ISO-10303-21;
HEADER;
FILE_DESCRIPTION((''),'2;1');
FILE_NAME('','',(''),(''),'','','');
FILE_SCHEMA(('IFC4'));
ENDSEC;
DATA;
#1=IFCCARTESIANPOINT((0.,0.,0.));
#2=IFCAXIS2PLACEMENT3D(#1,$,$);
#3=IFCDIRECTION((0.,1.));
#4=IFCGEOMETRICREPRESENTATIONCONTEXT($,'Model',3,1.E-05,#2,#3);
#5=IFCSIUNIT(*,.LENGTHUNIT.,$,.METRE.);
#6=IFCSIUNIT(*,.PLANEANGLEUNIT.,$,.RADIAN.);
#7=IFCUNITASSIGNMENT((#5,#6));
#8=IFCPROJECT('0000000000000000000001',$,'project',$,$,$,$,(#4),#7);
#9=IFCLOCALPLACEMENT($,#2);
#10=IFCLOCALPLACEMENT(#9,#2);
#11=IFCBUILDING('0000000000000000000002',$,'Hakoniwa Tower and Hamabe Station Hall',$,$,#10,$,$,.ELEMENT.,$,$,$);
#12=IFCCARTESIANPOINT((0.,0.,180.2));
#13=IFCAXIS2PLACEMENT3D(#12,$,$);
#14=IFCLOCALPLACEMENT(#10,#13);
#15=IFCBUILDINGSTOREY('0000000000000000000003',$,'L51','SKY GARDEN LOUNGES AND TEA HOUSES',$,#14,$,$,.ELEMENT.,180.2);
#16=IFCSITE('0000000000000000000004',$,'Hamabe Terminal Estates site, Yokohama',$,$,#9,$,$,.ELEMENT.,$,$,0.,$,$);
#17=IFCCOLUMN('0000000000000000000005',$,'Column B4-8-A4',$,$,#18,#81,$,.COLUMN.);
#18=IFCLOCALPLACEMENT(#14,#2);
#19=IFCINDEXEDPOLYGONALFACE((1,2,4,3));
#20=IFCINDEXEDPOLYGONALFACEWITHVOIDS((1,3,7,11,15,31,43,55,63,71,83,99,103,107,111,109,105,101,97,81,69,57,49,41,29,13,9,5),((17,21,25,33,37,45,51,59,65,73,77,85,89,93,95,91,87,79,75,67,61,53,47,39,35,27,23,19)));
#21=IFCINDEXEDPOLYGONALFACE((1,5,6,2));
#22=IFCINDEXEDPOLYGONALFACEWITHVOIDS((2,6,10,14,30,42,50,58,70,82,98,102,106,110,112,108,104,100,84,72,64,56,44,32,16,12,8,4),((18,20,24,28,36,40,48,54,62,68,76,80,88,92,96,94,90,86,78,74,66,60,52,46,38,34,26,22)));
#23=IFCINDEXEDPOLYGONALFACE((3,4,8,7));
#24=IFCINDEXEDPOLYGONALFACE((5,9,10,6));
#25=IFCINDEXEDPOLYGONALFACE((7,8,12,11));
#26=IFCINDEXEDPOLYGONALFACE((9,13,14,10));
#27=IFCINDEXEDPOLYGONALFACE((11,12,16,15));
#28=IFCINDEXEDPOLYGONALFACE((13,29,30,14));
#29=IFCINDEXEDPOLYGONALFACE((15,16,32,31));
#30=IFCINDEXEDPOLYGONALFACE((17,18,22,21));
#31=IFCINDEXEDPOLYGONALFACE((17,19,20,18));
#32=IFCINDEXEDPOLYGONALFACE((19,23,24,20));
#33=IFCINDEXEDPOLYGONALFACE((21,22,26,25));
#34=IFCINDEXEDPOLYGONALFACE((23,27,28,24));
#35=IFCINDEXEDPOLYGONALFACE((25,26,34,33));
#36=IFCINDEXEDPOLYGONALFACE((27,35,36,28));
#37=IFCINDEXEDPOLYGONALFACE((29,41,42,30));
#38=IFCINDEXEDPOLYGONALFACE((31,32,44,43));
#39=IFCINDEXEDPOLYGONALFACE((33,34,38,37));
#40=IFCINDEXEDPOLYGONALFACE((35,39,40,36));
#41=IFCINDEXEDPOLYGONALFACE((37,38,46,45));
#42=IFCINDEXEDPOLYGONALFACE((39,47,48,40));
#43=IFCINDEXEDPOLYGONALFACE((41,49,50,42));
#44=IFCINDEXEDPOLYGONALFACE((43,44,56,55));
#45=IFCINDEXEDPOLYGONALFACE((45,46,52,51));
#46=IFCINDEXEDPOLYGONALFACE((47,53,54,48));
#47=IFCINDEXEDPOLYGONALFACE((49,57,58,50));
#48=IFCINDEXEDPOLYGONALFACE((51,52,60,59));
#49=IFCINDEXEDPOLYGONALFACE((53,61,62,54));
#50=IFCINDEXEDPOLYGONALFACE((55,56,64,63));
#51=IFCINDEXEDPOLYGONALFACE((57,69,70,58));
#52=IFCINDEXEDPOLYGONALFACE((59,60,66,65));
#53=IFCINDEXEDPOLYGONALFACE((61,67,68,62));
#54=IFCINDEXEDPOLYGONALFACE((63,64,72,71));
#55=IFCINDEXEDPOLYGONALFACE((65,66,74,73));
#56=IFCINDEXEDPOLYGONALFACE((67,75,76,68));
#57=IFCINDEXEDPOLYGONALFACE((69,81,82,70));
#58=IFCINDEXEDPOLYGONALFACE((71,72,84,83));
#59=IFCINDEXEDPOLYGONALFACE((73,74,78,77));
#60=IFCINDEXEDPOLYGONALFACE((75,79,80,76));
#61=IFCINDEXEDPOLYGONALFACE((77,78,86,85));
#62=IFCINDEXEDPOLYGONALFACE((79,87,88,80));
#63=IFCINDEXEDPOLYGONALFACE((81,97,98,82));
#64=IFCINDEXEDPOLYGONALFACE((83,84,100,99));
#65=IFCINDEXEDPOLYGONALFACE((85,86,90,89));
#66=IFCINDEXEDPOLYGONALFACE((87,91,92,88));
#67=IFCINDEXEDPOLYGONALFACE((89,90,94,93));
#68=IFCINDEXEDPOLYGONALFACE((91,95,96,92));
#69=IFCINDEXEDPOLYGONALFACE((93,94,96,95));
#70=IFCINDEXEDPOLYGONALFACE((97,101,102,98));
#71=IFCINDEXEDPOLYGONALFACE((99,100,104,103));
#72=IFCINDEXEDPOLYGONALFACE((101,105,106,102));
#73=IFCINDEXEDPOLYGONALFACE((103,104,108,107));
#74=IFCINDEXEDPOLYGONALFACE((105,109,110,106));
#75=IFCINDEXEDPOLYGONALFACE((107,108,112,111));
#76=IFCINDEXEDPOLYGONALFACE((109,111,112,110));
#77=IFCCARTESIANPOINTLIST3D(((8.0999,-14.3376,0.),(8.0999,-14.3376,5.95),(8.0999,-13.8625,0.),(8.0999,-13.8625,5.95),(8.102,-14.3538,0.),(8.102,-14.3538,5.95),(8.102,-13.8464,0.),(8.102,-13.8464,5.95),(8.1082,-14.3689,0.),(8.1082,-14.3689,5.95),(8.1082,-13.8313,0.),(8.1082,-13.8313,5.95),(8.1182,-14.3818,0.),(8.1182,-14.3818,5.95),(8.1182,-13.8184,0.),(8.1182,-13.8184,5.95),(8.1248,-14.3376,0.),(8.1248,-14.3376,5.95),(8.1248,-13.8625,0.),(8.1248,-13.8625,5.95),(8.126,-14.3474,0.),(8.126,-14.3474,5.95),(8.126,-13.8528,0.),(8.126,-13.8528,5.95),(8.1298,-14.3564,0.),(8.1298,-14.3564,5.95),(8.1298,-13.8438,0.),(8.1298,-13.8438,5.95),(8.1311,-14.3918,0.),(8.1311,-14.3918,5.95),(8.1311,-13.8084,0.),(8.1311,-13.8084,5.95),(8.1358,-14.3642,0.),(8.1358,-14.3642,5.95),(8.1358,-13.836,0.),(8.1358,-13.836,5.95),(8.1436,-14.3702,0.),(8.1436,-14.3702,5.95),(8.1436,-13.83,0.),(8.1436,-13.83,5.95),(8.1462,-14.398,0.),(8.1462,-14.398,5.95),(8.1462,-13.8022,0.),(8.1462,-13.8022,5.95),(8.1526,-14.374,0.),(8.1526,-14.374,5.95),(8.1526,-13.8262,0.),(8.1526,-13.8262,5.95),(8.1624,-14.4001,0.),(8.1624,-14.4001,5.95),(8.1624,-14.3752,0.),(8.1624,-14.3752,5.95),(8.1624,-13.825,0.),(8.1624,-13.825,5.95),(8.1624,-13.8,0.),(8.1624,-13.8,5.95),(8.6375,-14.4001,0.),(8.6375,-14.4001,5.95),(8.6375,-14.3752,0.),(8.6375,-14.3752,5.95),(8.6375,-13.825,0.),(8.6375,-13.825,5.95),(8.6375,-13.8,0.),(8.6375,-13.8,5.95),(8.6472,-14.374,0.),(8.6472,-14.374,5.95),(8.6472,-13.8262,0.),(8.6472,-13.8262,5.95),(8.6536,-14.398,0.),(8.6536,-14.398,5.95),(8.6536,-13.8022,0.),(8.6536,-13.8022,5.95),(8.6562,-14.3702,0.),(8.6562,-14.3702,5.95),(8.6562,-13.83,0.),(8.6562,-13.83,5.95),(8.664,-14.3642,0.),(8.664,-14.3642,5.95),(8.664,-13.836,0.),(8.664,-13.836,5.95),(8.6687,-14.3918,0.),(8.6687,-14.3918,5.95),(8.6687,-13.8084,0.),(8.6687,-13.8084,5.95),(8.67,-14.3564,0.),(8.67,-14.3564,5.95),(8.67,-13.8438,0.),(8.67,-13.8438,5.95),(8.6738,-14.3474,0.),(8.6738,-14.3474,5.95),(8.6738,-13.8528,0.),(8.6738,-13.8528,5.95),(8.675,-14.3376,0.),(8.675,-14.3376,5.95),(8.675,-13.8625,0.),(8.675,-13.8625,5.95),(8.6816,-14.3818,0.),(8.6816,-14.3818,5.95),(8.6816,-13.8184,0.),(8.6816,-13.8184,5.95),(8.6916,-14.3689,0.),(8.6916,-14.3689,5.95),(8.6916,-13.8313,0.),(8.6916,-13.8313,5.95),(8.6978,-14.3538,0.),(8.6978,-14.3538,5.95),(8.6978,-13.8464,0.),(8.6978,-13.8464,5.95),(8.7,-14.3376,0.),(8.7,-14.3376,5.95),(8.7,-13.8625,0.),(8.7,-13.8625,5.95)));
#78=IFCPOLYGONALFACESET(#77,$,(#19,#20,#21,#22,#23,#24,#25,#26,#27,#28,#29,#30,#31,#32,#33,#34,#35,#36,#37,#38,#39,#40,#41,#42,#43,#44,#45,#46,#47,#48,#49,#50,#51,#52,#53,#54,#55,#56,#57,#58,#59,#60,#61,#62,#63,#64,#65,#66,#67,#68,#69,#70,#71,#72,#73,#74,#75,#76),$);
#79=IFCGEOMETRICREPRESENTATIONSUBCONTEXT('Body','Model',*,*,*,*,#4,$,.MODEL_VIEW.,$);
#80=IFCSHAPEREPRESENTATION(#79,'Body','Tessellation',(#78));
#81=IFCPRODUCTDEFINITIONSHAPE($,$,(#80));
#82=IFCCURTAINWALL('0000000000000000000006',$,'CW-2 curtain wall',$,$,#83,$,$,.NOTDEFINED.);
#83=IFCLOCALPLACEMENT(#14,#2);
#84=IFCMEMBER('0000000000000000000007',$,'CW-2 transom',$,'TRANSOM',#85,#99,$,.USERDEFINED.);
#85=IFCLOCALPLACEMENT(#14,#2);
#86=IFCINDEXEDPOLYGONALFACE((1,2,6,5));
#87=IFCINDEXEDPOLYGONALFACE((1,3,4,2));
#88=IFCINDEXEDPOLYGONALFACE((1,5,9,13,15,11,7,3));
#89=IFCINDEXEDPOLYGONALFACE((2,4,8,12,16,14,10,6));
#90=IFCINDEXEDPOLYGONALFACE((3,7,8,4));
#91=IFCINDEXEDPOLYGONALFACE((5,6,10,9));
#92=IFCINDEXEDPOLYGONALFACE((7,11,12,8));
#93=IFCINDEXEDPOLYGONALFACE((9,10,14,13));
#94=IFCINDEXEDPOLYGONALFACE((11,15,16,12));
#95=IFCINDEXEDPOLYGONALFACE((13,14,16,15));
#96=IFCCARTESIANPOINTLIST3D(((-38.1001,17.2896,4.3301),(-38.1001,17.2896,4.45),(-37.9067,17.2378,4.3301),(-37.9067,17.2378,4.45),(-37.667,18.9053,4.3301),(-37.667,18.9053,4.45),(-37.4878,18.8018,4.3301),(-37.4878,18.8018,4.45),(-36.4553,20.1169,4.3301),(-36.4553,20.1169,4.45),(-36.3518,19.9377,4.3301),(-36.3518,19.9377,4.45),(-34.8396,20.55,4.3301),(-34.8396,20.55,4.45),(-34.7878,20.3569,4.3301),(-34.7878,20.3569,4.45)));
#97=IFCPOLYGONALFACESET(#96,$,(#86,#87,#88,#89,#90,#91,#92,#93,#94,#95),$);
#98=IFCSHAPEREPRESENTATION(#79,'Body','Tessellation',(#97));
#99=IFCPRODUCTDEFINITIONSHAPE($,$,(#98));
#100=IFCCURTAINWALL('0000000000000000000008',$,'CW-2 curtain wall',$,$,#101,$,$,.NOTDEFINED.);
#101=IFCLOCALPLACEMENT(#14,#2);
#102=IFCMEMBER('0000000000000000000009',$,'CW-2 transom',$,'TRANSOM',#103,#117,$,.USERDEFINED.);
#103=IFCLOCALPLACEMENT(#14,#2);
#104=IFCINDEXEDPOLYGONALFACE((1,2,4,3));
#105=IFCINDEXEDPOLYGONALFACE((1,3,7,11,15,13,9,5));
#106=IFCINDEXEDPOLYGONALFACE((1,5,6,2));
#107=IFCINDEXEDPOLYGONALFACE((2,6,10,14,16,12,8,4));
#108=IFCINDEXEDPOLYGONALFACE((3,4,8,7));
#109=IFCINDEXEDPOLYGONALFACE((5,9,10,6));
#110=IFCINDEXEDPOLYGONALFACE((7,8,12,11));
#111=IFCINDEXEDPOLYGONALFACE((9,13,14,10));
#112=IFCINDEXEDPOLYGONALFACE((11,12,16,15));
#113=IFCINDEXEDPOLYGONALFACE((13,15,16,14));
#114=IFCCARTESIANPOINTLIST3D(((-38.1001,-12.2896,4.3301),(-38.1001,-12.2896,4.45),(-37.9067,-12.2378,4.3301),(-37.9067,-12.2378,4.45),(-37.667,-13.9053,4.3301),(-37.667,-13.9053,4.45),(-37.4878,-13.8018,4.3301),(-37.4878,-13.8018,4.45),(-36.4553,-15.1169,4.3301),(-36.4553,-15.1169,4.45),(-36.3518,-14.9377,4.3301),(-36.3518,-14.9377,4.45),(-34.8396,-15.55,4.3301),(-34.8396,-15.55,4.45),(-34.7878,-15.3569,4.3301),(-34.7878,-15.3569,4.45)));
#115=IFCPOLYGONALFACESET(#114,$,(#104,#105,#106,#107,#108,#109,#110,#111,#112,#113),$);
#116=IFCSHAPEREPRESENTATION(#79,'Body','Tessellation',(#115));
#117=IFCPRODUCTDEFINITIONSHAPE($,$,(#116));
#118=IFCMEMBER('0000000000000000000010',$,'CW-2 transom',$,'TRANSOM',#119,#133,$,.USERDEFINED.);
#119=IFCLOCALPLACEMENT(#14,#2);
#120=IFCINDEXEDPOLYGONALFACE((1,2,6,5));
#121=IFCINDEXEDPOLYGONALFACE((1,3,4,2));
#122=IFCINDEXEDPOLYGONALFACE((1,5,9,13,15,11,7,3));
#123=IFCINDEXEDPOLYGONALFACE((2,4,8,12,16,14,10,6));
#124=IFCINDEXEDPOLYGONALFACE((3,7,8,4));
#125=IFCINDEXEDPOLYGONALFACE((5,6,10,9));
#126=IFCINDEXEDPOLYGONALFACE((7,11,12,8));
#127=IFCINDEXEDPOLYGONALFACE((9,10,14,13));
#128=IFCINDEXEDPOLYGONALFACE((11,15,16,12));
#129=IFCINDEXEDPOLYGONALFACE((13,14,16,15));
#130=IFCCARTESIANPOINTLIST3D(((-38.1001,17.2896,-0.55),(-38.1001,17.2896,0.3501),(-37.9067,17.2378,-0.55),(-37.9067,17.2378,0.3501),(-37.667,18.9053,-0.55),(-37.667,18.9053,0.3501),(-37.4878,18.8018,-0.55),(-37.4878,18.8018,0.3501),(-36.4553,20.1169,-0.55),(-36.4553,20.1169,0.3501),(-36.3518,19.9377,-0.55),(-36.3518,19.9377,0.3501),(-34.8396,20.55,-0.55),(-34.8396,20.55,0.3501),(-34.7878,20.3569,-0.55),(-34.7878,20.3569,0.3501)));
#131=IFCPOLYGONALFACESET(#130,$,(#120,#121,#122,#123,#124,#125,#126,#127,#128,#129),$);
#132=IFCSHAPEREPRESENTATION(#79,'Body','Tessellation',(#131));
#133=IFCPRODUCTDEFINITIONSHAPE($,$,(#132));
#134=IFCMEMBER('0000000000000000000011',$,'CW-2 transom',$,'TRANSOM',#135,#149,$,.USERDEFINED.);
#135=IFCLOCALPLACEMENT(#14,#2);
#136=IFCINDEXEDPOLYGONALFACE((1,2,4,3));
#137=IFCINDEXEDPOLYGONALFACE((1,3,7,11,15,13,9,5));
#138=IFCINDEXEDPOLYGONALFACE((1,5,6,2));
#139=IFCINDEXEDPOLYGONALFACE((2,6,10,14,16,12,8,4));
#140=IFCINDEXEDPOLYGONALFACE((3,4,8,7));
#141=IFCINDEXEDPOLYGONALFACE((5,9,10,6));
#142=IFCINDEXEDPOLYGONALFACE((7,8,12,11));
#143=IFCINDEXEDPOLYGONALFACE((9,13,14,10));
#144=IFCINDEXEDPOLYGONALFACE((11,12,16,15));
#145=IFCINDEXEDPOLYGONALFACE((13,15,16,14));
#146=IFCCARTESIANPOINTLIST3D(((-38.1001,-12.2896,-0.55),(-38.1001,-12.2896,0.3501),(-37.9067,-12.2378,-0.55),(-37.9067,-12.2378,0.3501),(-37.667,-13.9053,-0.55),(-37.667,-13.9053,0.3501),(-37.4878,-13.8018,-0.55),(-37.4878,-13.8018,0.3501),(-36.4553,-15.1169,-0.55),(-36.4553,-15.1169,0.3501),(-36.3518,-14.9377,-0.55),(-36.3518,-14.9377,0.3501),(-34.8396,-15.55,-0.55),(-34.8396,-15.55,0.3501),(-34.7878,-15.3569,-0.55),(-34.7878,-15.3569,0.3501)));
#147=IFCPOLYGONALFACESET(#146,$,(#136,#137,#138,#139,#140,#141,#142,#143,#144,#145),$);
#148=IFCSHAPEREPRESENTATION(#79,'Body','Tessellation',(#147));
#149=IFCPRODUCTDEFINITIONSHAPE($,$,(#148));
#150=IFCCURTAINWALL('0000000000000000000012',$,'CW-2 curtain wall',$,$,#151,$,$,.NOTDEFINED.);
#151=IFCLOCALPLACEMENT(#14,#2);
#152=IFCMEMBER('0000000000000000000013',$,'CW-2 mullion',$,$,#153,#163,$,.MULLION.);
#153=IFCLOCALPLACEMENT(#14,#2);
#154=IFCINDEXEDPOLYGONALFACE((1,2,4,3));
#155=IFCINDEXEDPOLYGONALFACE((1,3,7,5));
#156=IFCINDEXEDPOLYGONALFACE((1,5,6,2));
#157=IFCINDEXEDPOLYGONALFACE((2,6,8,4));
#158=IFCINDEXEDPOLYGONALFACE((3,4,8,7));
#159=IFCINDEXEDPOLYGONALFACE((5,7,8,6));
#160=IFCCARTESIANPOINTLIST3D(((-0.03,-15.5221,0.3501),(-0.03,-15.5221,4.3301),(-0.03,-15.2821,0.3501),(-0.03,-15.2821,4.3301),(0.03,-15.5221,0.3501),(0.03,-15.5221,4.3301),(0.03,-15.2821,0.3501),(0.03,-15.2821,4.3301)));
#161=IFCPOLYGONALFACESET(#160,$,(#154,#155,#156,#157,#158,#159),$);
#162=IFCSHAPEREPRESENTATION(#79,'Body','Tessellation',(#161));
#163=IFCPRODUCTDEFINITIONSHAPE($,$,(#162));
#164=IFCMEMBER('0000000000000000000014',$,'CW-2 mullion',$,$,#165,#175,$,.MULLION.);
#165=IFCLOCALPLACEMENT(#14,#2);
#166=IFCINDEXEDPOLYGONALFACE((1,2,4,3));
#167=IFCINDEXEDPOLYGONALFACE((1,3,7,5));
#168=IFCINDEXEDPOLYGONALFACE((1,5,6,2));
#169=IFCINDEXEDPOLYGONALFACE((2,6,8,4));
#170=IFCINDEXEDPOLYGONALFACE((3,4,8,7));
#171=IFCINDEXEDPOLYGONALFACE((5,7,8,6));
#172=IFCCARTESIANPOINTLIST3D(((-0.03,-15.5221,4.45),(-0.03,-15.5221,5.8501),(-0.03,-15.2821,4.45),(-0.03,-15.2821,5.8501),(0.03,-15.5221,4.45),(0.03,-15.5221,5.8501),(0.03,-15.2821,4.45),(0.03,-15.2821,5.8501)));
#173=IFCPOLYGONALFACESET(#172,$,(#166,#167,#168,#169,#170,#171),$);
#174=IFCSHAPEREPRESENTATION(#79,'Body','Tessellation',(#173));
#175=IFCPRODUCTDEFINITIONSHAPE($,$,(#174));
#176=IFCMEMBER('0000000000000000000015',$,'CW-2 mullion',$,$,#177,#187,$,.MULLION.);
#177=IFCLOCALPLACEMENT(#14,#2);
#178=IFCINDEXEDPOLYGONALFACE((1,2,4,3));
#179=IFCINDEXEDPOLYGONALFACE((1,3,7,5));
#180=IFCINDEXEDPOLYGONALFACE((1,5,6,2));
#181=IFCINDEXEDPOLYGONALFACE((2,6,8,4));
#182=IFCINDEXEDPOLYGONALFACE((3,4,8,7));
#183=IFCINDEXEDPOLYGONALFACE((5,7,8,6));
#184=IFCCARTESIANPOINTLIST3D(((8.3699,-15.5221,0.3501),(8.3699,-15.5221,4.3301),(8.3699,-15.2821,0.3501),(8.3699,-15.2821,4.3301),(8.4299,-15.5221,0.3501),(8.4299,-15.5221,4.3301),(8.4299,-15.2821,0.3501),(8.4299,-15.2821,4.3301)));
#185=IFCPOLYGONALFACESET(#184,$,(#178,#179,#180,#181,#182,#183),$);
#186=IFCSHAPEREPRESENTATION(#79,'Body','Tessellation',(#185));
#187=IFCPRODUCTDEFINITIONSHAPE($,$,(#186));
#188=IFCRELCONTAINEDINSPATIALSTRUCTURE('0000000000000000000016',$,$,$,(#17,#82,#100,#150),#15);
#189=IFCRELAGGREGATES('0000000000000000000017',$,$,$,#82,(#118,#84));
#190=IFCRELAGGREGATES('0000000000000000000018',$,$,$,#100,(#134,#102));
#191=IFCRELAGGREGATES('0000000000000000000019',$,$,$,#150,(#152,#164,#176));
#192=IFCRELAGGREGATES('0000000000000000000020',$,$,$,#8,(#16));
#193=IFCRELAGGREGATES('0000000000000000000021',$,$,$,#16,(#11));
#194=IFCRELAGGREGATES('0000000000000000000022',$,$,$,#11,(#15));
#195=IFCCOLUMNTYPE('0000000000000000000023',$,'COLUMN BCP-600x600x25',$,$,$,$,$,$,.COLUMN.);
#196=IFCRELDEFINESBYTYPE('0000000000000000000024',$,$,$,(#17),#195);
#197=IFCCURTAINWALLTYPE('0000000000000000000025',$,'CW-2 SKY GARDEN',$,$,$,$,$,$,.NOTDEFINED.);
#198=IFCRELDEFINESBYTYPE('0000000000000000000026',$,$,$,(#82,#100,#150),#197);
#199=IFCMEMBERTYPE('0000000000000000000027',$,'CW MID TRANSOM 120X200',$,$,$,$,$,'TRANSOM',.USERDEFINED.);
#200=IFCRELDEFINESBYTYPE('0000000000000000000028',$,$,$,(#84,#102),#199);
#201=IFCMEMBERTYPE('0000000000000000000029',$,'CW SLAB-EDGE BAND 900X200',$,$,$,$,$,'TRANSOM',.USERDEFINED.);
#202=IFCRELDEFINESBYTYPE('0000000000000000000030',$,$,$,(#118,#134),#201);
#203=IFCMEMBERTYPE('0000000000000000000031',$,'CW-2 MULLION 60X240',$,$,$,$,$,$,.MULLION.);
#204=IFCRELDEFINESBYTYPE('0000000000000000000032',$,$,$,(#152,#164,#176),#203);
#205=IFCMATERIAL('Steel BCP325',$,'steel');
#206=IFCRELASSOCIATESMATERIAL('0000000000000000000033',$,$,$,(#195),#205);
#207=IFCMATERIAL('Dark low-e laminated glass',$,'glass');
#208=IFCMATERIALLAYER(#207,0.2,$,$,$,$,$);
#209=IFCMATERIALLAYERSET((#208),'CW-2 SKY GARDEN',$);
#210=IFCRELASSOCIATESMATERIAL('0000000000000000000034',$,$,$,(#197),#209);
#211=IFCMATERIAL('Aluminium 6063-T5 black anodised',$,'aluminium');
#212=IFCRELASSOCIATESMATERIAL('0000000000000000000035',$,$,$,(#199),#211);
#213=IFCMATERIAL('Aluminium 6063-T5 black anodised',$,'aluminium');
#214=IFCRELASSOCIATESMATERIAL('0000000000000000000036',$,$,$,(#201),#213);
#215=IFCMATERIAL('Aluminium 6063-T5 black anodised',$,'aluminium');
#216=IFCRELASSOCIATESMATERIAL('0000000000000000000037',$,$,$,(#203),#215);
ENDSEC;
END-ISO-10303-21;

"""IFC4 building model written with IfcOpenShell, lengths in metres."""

from ifc_helpers import new_model, si_unit, direction, frame, origin, origin_2d, place, context, subcontext, project, spatial, polyline, rectangle, hollow_rectangle, outline, extrude, material, layer, layer_set, material_profile, profile_set, type_object, element, aggregate, save


model = new_model("IFC4")

# Units and contexts
model_context = context("Model", 3, precision=1e-05, world=origin(), true_north=direction((0.0, 1.0)))
body_context = subcontext(model_context, "Body", "Model", "MODEL_VIEW")
ifc_project = project(units=[si_unit("LENGTHUNIT", "METRE"), si_unit("PLANEANGLEUNIT", "RADIAN")], contexts=[model_context])

# Site, building, storey
site_placement = place(None, origin())
site = spatial("IfcSite", under=ifc_project, at=site_placement, Name="Hamabe Terminal Estates site, Yokohama", CompositionType="ELEMENT", RefElevation=0.0)
building_placement = place(site_placement, origin())
building = spatial("IfcBuilding", under=site, at=building_placement, Name="Hakoniwa Tower and Hamabe Station Hall", CompositionType="ELEMENT")
storey_placement = place(building_placement, frame((0.0, 0.0, 180.2)))
storey = spatial("IfcBuildingStorey", under=building, at=storey_placement, Name="L51", Description="SKY GARDEN LOUNGES AND TEA HOUSES", CompositionType="ELEMENT", Elevation=180.2)

# Column
ifc_material_1 = material(Name="Steel BCP325", Category="steel")
ifc_material_profile_1 = material_profile(ifc_material_1, hollow_rectangle(XDim=0.6001, YDim=0.6001, WallThickness=0.0249, InnerFilletRadius=0.0376, OuterFilletRadius=0.0625, at=origin_2d()), Name="BCP-600x600x25")
ifc_profile_set_1 = profile_set([ifc_material_profile_1], Name="Steel BCP325")
column_type = type_object("IfcColumnType", Name="COLUMN BCP-600x600x25", PredefinedType="COLUMN", material=ifc_profile_set_1)
column_placement = place(storey_placement, frame((8.3999, -14.1001, 0.0), z_axis=(0.0, 0.0, 1.0), x_axis=(1.0, 0.0, 0.0)))
element("IfcColumn", 1, at=column_placement, inside=storey, type_object=column_type, Name="Column B4-8-A4", PredefinedType="COLUMN", context=body_context, shape_type="SweptSolid", body=[
    extrude(hollow_rectangle(XDim=0.6001, YDim=0.6001, WallThickness=0.0249, InnerFilletRadius=0.0376, OuterFilletRadius=0.0625, at=origin_2d()), origin(), (0.0, 0.0, 1.0), 5.95),
])

# Curtain walls, members
ifc_material_2 = material(Name="Dark low-e laminated glass", Category="glass")
ifc_layer_1 = layer(ifc_material_2, 0.2)
ifc_layer_set_1 = layer_set([ifc_layer_1], Name="CW-2 SKY GARDEN")
curtain_wall_type = type_object("IfcCurtainWallType", Name="CW-2 SKY GARDEN", PredefinedType="NOTDEFINED", material=ifc_layer_set_1)
curtain_wall_1_placement = place(storey_placement, origin())
curtain_wall_1 = element("IfcCurtainWall", 2, at=curtain_wall_1_placement, inside=storey, type_object=curtain_wall_type, Name="CW-2 curtain wall", PredefinedType="NOTDEFINED")
ifc_material_3 = material(Name="Aluminium 6063-T5 black anodised", Category="aluminium")
ifc_material_profile_2 = material_profile(ifc_material_3, rectangle(XDim=0.2, YDim=0.1201, at=origin_2d()), Name="CW MID TRANSOM 120X200")
ifc_profile_set_2 = profile_set([ifc_material_profile_2], Name="Aluminium 6063-T5 black anodised")
member_type_1 = type_object("IfcMemberType", Name="CW MID TRANSOM 120X200", ElementType="TRANSOM", PredefinedType="USERDEFINED", material=ifc_profile_set_2)
member_1_placement = place(storey_placement, frame((0.0, 0.0, 4.3301)))
member_1 = element("IfcMember", 3, at=member_1_placement, type_object=member_type_1, Name="CW-2 transom", ObjectType="TRANSOM", PredefinedType="USERDEFINED", context=body_context, shape_type="SweptSolid", body=[
    extrude(outline(polyline([(-34.8396, 20.55), (-36.4553, 20.1169), (-37.667, 18.9053), (-38.1001, 17.2896), (-37.9067, 17.2378), (-37.4878, 18.8018), (-36.3518, 19.9377), (-34.7878, 20.3569), (-34.8396, 20.55)])), origin(), (0.0, 0.0, 1.0), 0.1199),
])
curtain_wall_2_placement = place(storey_placement, origin())
curtain_wall_2 = element("IfcCurtainWall", 4, at=curtain_wall_2_placement, inside=storey, type_object=curtain_wall_type, Name="CW-2 curtain wall", PredefinedType="NOTDEFINED")
member_2_placement = place(storey_placement, frame((0.0, 0.0, 4.3301)))
member_2 = element("IfcMember", 5, at=member_2_placement, type_object=member_type_1, Name="CW-2 transom", ObjectType="TRANSOM", PredefinedType="USERDEFINED", context=body_context, shape_type="SweptSolid", body=[
    extrude(outline(polyline([(-38.1001, -12.2896), (-37.667, -13.9053), (-36.4553, -15.1169), (-34.8396, -15.55), (-34.7878, -15.3569), (-36.3518, -14.9377), (-37.4878, -13.8018), (-37.9067, -12.2378), (-38.1001, -12.2896)])), origin(), (0.0, 0.0, 1.0), 0.1199),
])

# Members
ifc_material_4 = material(Name="Aluminium 6063-T5 black anodised", Category="aluminium")
ifc_material_profile_3 = material_profile(ifc_material_4, rectangle(XDim=0.2, YDim=0.8999, at=origin_2d()), Name="CW SLAB-EDGE BAND 900X200")
ifc_profile_set_3 = profile_set([ifc_material_profile_3], Name="Aluminium 6063-T5 black anodised")
member_type_2 = type_object("IfcMemberType", Name="CW SLAB-EDGE BAND 900X200", ElementType="TRANSOM", PredefinedType="USERDEFINED", material=ifc_profile_set_3)
member_3_placement = place(storey_placement, frame((0.0, 0.0, -0.55)))
member_3 = element("IfcMember", 6, at=member_3_placement, type_object=member_type_2, Name="CW-2 transom", ObjectType="TRANSOM", PredefinedType="USERDEFINED", context=body_context, shape_type="SweptSolid", body=[
    extrude(outline(polyline([(-34.8396, 20.55), (-36.4553, 20.1169), (-37.667, 18.9053), (-38.1001, 17.2896), (-37.9067, 17.2378), (-37.4878, 18.8018), (-36.3518, 19.9377), (-34.7878, 20.3569), (-34.8396, 20.55)])), origin(), (0.0, 0.0, 1.0), 0.9001),
])
aggregate(curtain_wall_1, [member_3, member_1])
member_4_placement = place(storey_placement, frame((0.0, 0.0, -0.55)))
member_4 = element("IfcMember", 7, at=member_4_placement, type_object=member_type_2, Name="CW-2 transom", ObjectType="TRANSOM", PredefinedType="USERDEFINED", context=body_context, shape_type="SweptSolid", body=[
    extrude(outline(polyline([(-38.1001, -12.2896), (-37.667, -13.9053), (-36.4553, -15.1169), (-34.8396, -15.55), (-34.7878, -15.3569), (-36.3518, -14.9377), (-37.4878, -13.8018), (-37.9067, -12.2378), (-38.1001, -12.2896)])), origin(), (0.0, 0.0, 1.0), 0.9001),
])

# Curtain wall, members
curtain_wall_3_placement = place(storey_placement, origin())
curtain_wall_3 = element("IfcCurtainWall", 8, at=curtain_wall_3_placement, inside=storey, type_object=curtain_wall_type, Name="CW-2 curtain wall", PredefinedType="NOTDEFINED")
ifc_material_5 = material(Name="Aluminium 6063-T5 black anodised", Category="aluminium")
ifc_material_profile_4 = material_profile(ifc_material_5, rectangle(XDim=0.0601, YDim=0.24, at=origin_2d()), Name="CW-2 MULLION 60X240")
ifc_profile_set_4 = profile_set([ifc_material_profile_4], Name="Aluminium 6063-T5 black anodised")
member_type_3 = type_object("IfcMemberType", Name="CW-2 MULLION 60X240", PredefinedType="MULLION", material=ifc_profile_set_4)
member_5_placement = place(storey_placement, frame((0.0, -15.4021, 0.3501), z_axis=(0.0, 0.0, 1.0), x_axis=(1.0, 0.0, 0.0)))
member_5 = element("IfcMember", 9, at=member_5_placement, type_object=member_type_3, Name="CW-2 mullion", PredefinedType="MULLION", context=body_context, shape_type="SweptSolid", body=[
    extrude(rectangle(XDim=0.0601, YDim=0.24, at=origin_2d()), origin(), (0.0, 0.0, 1.0), 3.98),
])
member_6_placement = place(storey_placement, frame((0.0, -15.4021, 4.45), z_axis=(0.0, 0.0, 1.0), x_axis=(1.0, 0.0, 0.0)))
member_6 = element("IfcMember", 10, at=member_6_placement, type_object=member_type_3, Name="CW-2 mullion", PredefinedType="MULLION", context=body_context, shape_type="SweptSolid", body=[
    extrude(rectangle(XDim=0.0601, YDim=0.24, at=origin_2d()), origin(), (0.0, 0.0, 1.0), 1.4001),
])
member_7_placement = place(storey_placement, frame((8.3999, -15.4021, 0.3501), z_axis=(0.0, 0.0, 1.0), x_axis=(1.0, 0.0, 0.0)))
member_7 = element("IfcMember", 11, at=member_7_placement, type_object=member_type_3, Name="CW-2 mullion", PredefinedType="MULLION", context=body_context, shape_type="SweptSolid", body=[
    extrude(rectangle(XDim=0.0601, YDim=0.24, at=origin_2d()), origin(), (0.0, 0.0, 1.0), 3.98),
])

aggregate(curtain_wall_2, [member_4, member_2])

aggregate(curtain_wall_3, [member_5, member_6, member_7])

save(model, "model.ifc")
